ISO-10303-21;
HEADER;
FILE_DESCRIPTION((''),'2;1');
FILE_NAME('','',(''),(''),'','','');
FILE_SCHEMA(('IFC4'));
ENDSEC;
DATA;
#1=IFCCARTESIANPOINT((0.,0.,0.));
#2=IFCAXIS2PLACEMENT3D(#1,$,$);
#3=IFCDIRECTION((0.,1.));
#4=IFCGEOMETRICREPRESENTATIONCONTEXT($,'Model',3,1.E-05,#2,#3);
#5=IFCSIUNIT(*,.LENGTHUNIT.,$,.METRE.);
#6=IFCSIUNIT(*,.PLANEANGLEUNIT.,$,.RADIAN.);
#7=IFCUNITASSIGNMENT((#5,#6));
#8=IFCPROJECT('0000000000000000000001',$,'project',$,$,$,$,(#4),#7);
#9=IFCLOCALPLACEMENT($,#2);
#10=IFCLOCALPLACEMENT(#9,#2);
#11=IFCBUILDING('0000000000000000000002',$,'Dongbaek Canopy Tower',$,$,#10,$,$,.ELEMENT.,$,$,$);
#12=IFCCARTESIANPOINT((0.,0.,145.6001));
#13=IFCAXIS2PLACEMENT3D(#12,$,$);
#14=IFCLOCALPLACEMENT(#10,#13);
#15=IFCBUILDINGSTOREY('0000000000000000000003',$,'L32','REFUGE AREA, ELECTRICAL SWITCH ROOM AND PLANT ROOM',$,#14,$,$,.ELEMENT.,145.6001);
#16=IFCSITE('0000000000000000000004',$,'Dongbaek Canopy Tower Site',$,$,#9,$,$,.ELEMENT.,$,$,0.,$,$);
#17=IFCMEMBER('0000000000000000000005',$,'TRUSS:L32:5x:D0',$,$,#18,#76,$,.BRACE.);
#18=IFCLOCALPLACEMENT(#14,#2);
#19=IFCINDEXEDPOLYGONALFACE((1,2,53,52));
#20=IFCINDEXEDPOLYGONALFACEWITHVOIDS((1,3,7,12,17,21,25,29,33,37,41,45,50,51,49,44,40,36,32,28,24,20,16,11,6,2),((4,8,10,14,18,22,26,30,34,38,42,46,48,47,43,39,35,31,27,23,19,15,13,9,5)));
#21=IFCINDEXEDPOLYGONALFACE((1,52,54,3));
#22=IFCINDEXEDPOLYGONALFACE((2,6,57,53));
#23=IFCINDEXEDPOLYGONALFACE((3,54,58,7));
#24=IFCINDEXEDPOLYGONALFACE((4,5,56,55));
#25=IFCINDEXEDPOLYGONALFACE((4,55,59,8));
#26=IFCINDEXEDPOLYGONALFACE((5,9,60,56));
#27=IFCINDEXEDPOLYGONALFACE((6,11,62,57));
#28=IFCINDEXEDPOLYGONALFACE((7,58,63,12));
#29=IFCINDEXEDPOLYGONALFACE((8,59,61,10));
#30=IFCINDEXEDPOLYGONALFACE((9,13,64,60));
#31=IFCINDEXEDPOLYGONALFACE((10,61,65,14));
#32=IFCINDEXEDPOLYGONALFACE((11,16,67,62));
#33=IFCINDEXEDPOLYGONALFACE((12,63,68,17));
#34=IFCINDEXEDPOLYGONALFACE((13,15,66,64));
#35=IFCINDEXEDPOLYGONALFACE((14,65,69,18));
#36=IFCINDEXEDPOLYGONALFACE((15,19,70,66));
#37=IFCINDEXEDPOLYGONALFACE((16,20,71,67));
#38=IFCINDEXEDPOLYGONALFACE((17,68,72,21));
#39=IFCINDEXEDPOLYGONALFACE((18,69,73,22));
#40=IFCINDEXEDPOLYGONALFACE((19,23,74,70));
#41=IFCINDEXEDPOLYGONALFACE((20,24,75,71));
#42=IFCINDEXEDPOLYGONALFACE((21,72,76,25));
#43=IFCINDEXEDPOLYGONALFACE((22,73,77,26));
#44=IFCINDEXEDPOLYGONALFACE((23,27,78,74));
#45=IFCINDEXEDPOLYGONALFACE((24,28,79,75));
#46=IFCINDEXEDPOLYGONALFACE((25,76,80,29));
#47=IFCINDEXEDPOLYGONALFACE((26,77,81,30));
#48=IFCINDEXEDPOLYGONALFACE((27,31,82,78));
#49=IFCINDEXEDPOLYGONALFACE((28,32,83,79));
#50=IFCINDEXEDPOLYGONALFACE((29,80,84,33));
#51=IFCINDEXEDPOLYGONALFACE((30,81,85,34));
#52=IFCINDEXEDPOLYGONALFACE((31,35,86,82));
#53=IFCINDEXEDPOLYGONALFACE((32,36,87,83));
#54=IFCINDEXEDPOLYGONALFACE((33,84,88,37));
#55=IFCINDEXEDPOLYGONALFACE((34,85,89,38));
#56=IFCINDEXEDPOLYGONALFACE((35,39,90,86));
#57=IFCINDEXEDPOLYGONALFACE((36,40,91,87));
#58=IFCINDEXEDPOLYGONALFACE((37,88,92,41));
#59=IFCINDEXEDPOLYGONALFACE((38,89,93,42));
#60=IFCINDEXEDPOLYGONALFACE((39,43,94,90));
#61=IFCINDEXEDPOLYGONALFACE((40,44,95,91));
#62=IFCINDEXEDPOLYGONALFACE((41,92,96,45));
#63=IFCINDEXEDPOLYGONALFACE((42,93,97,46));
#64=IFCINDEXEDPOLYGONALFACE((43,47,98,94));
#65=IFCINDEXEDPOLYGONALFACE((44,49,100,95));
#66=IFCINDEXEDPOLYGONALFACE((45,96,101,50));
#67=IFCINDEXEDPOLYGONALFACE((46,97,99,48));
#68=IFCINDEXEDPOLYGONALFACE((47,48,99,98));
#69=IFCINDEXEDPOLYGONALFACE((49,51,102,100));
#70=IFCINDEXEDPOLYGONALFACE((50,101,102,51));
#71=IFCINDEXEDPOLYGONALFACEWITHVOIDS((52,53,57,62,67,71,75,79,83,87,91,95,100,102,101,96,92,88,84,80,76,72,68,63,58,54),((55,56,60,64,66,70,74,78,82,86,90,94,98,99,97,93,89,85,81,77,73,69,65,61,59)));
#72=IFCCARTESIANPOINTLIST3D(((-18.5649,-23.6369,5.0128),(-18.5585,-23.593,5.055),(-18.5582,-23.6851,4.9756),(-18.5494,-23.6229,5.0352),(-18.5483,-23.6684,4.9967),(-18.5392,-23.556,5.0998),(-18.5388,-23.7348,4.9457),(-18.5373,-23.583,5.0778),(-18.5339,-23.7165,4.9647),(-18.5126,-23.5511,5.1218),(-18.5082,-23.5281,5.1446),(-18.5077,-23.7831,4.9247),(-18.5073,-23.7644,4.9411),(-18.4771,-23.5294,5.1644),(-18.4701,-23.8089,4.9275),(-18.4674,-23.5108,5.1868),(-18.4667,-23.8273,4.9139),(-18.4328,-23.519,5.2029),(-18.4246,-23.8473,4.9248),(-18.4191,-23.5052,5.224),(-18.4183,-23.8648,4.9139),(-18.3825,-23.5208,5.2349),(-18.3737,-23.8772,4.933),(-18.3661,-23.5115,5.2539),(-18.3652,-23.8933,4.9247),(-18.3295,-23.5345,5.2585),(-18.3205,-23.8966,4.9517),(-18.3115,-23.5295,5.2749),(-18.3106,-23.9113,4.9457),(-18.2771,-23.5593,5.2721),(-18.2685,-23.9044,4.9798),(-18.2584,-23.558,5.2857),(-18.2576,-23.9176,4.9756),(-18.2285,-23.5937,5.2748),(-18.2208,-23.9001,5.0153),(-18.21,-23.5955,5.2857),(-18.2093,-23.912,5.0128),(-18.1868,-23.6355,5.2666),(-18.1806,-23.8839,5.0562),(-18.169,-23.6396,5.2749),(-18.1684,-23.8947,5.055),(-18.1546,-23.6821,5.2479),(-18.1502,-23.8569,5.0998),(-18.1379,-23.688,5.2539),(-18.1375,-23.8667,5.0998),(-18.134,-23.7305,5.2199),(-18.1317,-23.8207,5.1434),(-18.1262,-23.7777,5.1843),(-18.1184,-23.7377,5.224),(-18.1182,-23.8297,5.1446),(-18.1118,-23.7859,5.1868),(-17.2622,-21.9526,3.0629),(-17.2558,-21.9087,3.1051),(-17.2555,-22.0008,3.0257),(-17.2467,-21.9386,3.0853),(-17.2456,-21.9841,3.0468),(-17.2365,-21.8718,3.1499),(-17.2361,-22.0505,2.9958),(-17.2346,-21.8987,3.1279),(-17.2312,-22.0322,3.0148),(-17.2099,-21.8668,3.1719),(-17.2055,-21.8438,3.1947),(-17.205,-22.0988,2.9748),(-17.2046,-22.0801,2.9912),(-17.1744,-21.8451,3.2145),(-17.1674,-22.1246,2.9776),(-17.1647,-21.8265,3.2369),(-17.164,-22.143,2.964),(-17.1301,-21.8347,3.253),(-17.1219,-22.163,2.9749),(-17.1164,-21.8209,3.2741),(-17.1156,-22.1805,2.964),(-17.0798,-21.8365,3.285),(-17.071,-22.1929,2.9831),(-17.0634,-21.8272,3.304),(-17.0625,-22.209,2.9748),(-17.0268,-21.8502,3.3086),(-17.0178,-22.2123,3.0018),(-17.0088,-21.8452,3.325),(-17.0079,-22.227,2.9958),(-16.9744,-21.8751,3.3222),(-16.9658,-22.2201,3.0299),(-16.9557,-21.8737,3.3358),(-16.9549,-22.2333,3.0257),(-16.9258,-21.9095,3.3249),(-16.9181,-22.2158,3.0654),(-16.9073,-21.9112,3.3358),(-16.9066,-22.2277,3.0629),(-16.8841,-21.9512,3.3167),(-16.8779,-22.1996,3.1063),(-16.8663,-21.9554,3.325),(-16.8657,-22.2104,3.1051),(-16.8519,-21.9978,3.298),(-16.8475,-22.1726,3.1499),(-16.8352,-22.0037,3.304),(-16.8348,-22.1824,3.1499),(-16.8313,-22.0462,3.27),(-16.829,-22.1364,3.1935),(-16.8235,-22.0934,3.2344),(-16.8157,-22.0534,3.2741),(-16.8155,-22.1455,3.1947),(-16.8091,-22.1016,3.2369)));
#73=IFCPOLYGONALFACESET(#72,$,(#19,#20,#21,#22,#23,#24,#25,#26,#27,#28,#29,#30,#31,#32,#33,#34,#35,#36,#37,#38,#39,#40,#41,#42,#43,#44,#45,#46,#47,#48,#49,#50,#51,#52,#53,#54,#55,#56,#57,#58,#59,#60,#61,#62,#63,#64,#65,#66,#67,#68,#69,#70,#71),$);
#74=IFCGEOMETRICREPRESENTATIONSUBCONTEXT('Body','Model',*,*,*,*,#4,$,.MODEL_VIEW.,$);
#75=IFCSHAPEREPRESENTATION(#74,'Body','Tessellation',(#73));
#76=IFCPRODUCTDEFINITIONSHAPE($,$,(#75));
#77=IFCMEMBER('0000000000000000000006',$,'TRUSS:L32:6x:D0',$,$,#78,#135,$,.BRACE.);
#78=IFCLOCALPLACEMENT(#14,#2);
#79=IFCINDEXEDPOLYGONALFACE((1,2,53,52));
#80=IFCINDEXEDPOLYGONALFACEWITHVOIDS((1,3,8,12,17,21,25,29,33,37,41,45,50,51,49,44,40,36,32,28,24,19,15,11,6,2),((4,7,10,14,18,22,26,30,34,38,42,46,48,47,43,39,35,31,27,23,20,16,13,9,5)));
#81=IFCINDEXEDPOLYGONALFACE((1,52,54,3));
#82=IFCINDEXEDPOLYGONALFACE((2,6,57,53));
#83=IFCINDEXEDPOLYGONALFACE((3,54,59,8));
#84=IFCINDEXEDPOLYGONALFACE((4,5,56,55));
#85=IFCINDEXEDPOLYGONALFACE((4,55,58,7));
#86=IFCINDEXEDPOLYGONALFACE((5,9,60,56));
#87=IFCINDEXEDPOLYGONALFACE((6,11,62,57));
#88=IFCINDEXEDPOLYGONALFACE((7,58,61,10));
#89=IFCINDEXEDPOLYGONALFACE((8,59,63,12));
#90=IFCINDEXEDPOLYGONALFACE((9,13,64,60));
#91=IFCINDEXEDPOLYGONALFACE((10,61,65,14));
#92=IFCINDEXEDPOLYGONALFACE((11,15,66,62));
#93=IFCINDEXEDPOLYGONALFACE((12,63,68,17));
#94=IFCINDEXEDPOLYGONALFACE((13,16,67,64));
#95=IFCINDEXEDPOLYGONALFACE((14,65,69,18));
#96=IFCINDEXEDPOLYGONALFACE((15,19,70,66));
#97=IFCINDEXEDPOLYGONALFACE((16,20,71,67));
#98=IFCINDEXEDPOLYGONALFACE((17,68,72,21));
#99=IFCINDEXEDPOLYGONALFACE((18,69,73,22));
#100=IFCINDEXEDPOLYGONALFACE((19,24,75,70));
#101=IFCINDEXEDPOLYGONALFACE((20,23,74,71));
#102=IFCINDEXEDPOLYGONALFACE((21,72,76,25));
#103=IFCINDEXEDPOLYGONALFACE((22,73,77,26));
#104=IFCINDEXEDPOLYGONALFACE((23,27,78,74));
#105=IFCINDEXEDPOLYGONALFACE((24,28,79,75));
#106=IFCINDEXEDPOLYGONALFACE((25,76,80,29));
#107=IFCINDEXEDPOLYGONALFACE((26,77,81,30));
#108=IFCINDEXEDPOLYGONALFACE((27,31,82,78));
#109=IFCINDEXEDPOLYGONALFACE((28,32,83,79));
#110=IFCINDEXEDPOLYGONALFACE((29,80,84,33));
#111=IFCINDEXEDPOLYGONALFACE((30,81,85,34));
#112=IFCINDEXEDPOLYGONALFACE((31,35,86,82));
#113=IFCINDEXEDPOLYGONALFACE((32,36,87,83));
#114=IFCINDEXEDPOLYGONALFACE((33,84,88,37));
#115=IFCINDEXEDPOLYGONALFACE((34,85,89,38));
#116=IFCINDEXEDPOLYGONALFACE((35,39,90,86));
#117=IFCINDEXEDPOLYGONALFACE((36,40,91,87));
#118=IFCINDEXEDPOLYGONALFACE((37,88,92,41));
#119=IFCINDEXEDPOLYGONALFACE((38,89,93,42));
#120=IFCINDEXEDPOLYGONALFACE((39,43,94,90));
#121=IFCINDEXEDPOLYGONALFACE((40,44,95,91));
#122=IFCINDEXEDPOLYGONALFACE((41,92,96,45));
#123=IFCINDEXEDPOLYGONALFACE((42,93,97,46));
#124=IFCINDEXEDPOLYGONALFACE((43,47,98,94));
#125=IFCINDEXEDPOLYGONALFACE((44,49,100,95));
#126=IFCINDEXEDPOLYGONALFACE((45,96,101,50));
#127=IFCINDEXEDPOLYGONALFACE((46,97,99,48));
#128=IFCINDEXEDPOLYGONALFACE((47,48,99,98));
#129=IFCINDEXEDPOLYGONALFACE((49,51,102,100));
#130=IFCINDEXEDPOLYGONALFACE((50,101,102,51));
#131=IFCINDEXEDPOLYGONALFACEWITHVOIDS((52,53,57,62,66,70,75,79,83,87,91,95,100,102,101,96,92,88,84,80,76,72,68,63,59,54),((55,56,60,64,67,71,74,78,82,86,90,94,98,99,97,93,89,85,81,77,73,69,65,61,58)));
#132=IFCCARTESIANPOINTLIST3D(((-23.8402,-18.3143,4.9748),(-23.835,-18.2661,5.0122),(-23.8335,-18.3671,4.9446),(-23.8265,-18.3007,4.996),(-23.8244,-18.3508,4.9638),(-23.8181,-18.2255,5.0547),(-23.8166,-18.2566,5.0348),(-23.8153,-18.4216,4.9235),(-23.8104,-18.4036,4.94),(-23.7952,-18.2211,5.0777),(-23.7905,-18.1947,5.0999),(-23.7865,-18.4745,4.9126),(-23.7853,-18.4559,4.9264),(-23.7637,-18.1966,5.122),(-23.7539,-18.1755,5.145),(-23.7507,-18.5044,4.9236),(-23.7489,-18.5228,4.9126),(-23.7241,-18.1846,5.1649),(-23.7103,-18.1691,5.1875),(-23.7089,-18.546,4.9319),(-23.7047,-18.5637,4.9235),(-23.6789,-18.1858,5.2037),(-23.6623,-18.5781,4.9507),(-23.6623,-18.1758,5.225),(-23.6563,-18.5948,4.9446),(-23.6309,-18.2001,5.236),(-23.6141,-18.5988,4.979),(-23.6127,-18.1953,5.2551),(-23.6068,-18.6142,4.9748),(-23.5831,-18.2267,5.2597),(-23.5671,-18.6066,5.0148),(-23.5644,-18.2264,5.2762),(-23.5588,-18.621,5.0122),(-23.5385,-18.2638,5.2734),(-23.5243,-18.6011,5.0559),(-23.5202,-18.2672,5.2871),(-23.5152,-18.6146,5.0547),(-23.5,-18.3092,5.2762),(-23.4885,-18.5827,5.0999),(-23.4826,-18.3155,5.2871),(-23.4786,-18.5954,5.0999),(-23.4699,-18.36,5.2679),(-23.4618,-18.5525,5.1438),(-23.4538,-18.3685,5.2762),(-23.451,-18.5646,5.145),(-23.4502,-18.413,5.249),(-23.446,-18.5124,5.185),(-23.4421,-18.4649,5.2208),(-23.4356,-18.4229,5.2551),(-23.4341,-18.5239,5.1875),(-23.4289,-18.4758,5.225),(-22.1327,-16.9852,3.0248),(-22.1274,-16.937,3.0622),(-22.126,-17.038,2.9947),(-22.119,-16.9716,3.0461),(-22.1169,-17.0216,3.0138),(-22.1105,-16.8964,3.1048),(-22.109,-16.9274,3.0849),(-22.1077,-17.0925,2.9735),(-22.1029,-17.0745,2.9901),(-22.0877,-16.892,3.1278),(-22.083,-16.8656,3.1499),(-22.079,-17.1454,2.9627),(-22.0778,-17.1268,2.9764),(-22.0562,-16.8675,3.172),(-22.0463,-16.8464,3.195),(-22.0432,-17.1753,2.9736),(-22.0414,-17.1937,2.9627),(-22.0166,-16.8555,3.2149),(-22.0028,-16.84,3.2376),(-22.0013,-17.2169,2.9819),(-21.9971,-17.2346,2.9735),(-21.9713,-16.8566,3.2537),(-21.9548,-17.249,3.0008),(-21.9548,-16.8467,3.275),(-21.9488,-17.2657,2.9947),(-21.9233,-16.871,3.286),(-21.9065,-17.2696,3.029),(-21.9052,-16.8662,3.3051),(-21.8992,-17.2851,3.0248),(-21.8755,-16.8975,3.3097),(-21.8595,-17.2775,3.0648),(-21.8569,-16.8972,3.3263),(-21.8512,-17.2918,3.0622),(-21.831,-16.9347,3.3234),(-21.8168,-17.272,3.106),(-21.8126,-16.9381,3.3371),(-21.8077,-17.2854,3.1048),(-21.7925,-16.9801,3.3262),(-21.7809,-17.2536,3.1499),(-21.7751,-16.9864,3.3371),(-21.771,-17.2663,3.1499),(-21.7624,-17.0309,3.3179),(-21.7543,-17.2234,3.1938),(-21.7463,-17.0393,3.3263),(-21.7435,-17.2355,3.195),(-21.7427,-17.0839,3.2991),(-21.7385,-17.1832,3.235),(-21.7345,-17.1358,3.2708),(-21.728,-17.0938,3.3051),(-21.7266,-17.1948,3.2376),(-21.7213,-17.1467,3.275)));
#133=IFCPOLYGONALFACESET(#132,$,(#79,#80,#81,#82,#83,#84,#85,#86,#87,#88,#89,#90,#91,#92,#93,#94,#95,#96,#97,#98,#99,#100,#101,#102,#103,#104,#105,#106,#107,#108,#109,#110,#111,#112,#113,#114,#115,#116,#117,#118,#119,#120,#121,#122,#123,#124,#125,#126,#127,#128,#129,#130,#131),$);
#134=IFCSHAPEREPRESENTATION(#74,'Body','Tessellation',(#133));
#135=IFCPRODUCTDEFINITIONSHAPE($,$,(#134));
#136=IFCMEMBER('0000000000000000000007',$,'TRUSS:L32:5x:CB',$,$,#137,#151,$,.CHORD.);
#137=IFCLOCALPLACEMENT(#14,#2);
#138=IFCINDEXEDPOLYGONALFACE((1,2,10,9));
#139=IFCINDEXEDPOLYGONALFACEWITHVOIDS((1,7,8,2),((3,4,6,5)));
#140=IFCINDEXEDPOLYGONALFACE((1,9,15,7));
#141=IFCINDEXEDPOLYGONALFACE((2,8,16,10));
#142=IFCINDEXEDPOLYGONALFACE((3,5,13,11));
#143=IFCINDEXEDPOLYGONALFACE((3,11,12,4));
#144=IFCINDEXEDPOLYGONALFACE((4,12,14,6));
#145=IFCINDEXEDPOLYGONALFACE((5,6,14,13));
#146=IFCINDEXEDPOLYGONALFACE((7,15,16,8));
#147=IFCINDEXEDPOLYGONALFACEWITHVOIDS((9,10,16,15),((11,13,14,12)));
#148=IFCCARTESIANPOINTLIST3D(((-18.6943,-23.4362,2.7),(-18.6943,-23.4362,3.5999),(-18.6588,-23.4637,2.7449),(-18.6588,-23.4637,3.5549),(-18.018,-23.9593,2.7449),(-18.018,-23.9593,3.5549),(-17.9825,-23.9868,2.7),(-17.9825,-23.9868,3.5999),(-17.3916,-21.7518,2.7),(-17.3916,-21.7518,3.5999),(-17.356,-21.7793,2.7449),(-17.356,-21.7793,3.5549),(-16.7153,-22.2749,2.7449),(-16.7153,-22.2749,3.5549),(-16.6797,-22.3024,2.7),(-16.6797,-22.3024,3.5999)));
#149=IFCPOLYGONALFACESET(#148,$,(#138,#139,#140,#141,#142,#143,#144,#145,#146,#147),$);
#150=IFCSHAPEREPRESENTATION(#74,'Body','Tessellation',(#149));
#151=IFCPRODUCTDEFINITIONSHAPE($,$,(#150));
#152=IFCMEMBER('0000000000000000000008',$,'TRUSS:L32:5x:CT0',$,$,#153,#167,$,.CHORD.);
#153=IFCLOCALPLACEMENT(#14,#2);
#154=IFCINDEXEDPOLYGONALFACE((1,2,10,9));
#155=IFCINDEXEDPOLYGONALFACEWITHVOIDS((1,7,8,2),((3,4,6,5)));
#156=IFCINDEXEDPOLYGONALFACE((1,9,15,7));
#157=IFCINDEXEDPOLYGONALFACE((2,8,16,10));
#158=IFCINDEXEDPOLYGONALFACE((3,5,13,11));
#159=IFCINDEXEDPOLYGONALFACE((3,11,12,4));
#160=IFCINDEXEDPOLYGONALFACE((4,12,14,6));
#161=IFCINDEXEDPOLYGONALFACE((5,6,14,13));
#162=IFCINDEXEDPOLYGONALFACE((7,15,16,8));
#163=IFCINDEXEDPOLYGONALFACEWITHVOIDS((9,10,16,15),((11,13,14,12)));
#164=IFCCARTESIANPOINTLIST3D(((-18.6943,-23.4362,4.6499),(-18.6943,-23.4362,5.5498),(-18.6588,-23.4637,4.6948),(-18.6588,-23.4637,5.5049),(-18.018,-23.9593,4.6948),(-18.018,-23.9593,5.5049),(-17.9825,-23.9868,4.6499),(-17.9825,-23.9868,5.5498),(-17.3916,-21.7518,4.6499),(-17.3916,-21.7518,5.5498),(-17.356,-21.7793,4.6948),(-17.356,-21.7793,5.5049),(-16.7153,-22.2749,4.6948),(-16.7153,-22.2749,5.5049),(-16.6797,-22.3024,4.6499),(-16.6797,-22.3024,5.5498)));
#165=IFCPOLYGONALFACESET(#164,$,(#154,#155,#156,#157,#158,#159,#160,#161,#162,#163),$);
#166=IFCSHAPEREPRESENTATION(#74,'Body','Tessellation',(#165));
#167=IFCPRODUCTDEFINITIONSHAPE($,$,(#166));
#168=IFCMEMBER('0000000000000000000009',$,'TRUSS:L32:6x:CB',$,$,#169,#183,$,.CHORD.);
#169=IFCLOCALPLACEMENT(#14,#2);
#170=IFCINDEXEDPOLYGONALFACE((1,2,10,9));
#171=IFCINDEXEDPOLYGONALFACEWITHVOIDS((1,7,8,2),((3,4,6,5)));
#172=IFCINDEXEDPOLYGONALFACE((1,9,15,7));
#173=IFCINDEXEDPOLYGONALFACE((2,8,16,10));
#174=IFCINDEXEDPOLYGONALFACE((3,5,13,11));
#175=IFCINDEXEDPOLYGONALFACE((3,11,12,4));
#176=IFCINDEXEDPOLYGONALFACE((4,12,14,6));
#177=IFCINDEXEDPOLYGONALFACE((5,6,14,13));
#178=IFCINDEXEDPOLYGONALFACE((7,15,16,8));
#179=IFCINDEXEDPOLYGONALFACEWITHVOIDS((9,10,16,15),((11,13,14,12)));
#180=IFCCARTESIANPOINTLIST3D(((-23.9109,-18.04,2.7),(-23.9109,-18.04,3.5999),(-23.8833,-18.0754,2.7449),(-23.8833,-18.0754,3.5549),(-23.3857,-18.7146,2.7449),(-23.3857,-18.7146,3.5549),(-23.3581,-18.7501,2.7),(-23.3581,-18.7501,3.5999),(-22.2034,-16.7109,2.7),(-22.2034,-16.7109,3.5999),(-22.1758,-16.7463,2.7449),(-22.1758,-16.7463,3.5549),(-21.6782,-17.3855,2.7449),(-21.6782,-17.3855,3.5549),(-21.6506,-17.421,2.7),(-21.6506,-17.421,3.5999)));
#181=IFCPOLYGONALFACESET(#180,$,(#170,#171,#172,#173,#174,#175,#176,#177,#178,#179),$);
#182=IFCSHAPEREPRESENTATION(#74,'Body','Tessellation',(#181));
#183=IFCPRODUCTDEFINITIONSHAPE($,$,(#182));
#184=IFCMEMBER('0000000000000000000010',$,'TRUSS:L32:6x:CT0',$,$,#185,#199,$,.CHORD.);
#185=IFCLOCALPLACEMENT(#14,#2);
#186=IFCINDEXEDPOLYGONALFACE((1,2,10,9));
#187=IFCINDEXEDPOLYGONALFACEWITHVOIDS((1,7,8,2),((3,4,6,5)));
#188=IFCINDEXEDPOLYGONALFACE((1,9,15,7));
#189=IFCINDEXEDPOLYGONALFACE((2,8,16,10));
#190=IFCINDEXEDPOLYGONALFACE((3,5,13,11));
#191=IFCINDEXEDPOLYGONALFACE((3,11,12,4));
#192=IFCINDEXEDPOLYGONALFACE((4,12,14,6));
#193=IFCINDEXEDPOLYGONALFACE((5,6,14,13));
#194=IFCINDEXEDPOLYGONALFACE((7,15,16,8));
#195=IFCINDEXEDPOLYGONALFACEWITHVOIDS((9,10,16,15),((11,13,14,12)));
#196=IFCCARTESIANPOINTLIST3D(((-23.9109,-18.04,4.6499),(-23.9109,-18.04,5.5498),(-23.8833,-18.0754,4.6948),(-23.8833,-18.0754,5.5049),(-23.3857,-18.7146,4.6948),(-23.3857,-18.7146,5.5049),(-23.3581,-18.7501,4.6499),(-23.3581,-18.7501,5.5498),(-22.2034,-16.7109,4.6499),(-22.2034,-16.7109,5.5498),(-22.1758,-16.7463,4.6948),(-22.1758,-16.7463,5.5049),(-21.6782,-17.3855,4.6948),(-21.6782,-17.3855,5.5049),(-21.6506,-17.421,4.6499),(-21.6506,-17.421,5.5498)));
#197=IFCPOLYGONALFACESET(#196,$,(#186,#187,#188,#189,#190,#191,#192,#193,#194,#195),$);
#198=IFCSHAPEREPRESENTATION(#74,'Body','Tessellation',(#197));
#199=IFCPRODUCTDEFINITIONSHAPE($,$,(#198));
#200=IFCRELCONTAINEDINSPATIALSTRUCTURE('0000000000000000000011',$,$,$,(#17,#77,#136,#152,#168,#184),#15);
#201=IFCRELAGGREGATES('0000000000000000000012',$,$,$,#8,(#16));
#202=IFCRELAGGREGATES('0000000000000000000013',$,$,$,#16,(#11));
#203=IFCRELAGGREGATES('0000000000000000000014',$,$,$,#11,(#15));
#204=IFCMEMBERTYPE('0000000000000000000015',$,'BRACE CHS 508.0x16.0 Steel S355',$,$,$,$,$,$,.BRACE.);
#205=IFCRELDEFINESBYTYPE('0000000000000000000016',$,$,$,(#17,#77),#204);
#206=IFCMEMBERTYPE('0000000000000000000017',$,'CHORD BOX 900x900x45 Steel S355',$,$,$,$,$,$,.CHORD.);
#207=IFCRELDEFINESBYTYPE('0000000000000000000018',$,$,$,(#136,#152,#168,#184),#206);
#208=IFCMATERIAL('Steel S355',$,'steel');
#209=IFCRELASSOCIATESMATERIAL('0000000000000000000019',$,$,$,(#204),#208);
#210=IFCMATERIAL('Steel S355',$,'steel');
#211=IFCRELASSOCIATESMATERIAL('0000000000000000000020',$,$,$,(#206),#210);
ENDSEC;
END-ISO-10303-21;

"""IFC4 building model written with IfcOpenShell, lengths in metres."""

from ifc_helpers import new_model, si_unit, direction, frame, origin, origin_2d, place, context, subcontext, project, spatial, hollow_rectangle, hollow_circle, extrude, material, material_profile, profile_set, type_object, element, save


model = new_model("IFC4")

# Units and contexts
model_context = context("Model", 3, precision=1e-05, world=origin(), true_north=direction((0.0, 1.0)))
body_context = subcontext(model_context, "Body", "Model", "MODEL_VIEW")
ifc_project = project(units=[si_unit("LENGTHUNIT", "METRE"), si_unit("PLANEANGLEUNIT", "RADIAN")], contexts=[model_context])

# Site, building, storey
site_placement = place(None, origin())
site = spatial("IfcSite", under=ifc_project, at=site_placement, Name="Dongbaek Canopy Tower Site", CompositionType="ELEMENT", RefElevation=0.0)
building_placement = place(site_placement, origin())
building = spatial("IfcBuilding", under=site, at=building_placement, Name="Dongbaek Canopy Tower", CompositionType="ELEMENT")
storey_placement = place(building_placement, frame((0.0, 0.0, 145.6001)))
storey = spatial("IfcBuildingStorey", under=building, at=storey_placement, Name="L32", Description="REFUGE AREA, ELECTRICAL SWITCH ROOM AND PLANT ROOM", CompositionType="ELEMENT", Elevation=145.6001)

# Members
ifc_material_1 = material(Name="Steel S355", Category="steel")
ifc_material_profile_1 = material_profile(ifc_material_1, hollow_circle(Radius=0.2539, WallThickness=0.0161, at=origin_2d()), Name="BRACE CHS 508.0x16.0 Steel S355")
ifc_profile_set_1 = profile_set([ifc_material_profile_1], Name="Steel S355")
member_type_1 = type_object("IfcMemberType", Name="BRACE CHS 508.0x16.0 Steel S355", PredefinedType="BRACE", material=ifc_profile_set_1)
member_1_placement = place(storey_placement, frame((-17.0356, -22.0271, 3.1499), z_axis=(-0.451198, -0.583361, 0.675359), x_axis=(0.79101, -0.611803, 0.0)))
element("IfcMember", 1, at=member_1_placement, inside=storey, type_object=member_type_1, Name="TRUSS:L32:5x:D0", PredefinedType="BRACE", context=body_context, shape_type="SweptSolid", body=[
    extrude(hollow_circle(Radius=0.2539, WallThickness=0.0161, at=origin_2d()), origin(), (0.0, 0.0, 1.0), 2.8872),
])
member_2_placement = place(storey_placement, frame((-21.927, -17.0659, 3.1499), z_axis=(-0.586211, -0.456296, 0.669441), x_axis=(0.614237, -0.789121, 0.0)))
element("IfcMember", 2, at=member_2_placement, inside=storey, type_object=member_type_1, Name="TRUSS:L32:6x:D0", PredefinedType="BRACE", context=body_context, shape_type="SweptSolid", body=[
    extrude(hollow_circle(Radius=0.2539, WallThickness=0.0161, at=origin_2d()), origin(), (0.0, 0.0, 1.0), 2.9128),
])
ifc_material_2 = material(Name="Steel S355", Category="steel")
ifc_material_profile_2 = material_profile(ifc_material_2, hollow_rectangle(XDim=0.8999, YDim=0.8999, WallThickness=0.0449, at=origin_2d()), Name="CHORD BOX 900x900x45 Steel S355")
ifc_profile_set_2 = profile_set([ifc_material_profile_2], Name="Steel S355")
member_type_2 = type_object("IfcMemberType", Name="CHORD BOX 900x900x45 Steel S355", PredefinedType="CHORD", material=ifc_profile_set_2)
for number, where, z_axis, x_axis, name in (
    (3, (-17.0356, -22.0271, 3.1499), (-0.611803, -0.79101, 0.0), (0.79101, -0.611803, 0.0), "TRUSS:L32:5x:CB"),
    (4, (-17.0356, -22.0271, 5.0999), (-0.611803, -0.79101, 0.0), (0.79101, -0.611803, 0.0), "TRUSS:L32:5x:CT0"),
):
    element("IfcMember", number, at=place(storey_placement, frame(where, z_axis=z_axis, x_axis=x_axis)), inside=storey, type_object=member_type_2, Name=name, PredefinedType="CHORD", context=body_context, shape_type="SweptSolid", body=[
        extrude(hollow_rectangle(XDim=0.8999, YDim=0.8999, WallThickness=0.0449, at=origin_2d()), origin(), (0.0, 0.0, 1.0), 2.1294),
    ])
for number, where, z_axis, x_axis, name in (
    (5, (-21.927, -17.0659, 3.1499), (-0.789121, -0.614237, 0.0), (0.614237, -0.789121, 0.0), "TRUSS:L32:6x:CB"),
    (6, (-21.927, -17.0659, 5.0999), (-0.789121, -0.614237, 0.0), (0.614237, -0.789121, 0.0), "TRUSS:L32:6x:CT0"),
):
    element("IfcMember", number, at=place(storey_placement, frame(where, z_axis=z_axis, x_axis=x_axis)), inside=storey, type_object=member_type_2, Name=name, PredefinedType="CHORD", context=body_context, shape_type="SweptSolid", body=[
        extrude(hollow_rectangle(XDim=0.8999, YDim=0.8999, WallThickness=0.0449, at=origin_2d()), origin(), (0.0, 0.0, 1.0), 2.1638),
    ])

save(model, "model.ifc")
